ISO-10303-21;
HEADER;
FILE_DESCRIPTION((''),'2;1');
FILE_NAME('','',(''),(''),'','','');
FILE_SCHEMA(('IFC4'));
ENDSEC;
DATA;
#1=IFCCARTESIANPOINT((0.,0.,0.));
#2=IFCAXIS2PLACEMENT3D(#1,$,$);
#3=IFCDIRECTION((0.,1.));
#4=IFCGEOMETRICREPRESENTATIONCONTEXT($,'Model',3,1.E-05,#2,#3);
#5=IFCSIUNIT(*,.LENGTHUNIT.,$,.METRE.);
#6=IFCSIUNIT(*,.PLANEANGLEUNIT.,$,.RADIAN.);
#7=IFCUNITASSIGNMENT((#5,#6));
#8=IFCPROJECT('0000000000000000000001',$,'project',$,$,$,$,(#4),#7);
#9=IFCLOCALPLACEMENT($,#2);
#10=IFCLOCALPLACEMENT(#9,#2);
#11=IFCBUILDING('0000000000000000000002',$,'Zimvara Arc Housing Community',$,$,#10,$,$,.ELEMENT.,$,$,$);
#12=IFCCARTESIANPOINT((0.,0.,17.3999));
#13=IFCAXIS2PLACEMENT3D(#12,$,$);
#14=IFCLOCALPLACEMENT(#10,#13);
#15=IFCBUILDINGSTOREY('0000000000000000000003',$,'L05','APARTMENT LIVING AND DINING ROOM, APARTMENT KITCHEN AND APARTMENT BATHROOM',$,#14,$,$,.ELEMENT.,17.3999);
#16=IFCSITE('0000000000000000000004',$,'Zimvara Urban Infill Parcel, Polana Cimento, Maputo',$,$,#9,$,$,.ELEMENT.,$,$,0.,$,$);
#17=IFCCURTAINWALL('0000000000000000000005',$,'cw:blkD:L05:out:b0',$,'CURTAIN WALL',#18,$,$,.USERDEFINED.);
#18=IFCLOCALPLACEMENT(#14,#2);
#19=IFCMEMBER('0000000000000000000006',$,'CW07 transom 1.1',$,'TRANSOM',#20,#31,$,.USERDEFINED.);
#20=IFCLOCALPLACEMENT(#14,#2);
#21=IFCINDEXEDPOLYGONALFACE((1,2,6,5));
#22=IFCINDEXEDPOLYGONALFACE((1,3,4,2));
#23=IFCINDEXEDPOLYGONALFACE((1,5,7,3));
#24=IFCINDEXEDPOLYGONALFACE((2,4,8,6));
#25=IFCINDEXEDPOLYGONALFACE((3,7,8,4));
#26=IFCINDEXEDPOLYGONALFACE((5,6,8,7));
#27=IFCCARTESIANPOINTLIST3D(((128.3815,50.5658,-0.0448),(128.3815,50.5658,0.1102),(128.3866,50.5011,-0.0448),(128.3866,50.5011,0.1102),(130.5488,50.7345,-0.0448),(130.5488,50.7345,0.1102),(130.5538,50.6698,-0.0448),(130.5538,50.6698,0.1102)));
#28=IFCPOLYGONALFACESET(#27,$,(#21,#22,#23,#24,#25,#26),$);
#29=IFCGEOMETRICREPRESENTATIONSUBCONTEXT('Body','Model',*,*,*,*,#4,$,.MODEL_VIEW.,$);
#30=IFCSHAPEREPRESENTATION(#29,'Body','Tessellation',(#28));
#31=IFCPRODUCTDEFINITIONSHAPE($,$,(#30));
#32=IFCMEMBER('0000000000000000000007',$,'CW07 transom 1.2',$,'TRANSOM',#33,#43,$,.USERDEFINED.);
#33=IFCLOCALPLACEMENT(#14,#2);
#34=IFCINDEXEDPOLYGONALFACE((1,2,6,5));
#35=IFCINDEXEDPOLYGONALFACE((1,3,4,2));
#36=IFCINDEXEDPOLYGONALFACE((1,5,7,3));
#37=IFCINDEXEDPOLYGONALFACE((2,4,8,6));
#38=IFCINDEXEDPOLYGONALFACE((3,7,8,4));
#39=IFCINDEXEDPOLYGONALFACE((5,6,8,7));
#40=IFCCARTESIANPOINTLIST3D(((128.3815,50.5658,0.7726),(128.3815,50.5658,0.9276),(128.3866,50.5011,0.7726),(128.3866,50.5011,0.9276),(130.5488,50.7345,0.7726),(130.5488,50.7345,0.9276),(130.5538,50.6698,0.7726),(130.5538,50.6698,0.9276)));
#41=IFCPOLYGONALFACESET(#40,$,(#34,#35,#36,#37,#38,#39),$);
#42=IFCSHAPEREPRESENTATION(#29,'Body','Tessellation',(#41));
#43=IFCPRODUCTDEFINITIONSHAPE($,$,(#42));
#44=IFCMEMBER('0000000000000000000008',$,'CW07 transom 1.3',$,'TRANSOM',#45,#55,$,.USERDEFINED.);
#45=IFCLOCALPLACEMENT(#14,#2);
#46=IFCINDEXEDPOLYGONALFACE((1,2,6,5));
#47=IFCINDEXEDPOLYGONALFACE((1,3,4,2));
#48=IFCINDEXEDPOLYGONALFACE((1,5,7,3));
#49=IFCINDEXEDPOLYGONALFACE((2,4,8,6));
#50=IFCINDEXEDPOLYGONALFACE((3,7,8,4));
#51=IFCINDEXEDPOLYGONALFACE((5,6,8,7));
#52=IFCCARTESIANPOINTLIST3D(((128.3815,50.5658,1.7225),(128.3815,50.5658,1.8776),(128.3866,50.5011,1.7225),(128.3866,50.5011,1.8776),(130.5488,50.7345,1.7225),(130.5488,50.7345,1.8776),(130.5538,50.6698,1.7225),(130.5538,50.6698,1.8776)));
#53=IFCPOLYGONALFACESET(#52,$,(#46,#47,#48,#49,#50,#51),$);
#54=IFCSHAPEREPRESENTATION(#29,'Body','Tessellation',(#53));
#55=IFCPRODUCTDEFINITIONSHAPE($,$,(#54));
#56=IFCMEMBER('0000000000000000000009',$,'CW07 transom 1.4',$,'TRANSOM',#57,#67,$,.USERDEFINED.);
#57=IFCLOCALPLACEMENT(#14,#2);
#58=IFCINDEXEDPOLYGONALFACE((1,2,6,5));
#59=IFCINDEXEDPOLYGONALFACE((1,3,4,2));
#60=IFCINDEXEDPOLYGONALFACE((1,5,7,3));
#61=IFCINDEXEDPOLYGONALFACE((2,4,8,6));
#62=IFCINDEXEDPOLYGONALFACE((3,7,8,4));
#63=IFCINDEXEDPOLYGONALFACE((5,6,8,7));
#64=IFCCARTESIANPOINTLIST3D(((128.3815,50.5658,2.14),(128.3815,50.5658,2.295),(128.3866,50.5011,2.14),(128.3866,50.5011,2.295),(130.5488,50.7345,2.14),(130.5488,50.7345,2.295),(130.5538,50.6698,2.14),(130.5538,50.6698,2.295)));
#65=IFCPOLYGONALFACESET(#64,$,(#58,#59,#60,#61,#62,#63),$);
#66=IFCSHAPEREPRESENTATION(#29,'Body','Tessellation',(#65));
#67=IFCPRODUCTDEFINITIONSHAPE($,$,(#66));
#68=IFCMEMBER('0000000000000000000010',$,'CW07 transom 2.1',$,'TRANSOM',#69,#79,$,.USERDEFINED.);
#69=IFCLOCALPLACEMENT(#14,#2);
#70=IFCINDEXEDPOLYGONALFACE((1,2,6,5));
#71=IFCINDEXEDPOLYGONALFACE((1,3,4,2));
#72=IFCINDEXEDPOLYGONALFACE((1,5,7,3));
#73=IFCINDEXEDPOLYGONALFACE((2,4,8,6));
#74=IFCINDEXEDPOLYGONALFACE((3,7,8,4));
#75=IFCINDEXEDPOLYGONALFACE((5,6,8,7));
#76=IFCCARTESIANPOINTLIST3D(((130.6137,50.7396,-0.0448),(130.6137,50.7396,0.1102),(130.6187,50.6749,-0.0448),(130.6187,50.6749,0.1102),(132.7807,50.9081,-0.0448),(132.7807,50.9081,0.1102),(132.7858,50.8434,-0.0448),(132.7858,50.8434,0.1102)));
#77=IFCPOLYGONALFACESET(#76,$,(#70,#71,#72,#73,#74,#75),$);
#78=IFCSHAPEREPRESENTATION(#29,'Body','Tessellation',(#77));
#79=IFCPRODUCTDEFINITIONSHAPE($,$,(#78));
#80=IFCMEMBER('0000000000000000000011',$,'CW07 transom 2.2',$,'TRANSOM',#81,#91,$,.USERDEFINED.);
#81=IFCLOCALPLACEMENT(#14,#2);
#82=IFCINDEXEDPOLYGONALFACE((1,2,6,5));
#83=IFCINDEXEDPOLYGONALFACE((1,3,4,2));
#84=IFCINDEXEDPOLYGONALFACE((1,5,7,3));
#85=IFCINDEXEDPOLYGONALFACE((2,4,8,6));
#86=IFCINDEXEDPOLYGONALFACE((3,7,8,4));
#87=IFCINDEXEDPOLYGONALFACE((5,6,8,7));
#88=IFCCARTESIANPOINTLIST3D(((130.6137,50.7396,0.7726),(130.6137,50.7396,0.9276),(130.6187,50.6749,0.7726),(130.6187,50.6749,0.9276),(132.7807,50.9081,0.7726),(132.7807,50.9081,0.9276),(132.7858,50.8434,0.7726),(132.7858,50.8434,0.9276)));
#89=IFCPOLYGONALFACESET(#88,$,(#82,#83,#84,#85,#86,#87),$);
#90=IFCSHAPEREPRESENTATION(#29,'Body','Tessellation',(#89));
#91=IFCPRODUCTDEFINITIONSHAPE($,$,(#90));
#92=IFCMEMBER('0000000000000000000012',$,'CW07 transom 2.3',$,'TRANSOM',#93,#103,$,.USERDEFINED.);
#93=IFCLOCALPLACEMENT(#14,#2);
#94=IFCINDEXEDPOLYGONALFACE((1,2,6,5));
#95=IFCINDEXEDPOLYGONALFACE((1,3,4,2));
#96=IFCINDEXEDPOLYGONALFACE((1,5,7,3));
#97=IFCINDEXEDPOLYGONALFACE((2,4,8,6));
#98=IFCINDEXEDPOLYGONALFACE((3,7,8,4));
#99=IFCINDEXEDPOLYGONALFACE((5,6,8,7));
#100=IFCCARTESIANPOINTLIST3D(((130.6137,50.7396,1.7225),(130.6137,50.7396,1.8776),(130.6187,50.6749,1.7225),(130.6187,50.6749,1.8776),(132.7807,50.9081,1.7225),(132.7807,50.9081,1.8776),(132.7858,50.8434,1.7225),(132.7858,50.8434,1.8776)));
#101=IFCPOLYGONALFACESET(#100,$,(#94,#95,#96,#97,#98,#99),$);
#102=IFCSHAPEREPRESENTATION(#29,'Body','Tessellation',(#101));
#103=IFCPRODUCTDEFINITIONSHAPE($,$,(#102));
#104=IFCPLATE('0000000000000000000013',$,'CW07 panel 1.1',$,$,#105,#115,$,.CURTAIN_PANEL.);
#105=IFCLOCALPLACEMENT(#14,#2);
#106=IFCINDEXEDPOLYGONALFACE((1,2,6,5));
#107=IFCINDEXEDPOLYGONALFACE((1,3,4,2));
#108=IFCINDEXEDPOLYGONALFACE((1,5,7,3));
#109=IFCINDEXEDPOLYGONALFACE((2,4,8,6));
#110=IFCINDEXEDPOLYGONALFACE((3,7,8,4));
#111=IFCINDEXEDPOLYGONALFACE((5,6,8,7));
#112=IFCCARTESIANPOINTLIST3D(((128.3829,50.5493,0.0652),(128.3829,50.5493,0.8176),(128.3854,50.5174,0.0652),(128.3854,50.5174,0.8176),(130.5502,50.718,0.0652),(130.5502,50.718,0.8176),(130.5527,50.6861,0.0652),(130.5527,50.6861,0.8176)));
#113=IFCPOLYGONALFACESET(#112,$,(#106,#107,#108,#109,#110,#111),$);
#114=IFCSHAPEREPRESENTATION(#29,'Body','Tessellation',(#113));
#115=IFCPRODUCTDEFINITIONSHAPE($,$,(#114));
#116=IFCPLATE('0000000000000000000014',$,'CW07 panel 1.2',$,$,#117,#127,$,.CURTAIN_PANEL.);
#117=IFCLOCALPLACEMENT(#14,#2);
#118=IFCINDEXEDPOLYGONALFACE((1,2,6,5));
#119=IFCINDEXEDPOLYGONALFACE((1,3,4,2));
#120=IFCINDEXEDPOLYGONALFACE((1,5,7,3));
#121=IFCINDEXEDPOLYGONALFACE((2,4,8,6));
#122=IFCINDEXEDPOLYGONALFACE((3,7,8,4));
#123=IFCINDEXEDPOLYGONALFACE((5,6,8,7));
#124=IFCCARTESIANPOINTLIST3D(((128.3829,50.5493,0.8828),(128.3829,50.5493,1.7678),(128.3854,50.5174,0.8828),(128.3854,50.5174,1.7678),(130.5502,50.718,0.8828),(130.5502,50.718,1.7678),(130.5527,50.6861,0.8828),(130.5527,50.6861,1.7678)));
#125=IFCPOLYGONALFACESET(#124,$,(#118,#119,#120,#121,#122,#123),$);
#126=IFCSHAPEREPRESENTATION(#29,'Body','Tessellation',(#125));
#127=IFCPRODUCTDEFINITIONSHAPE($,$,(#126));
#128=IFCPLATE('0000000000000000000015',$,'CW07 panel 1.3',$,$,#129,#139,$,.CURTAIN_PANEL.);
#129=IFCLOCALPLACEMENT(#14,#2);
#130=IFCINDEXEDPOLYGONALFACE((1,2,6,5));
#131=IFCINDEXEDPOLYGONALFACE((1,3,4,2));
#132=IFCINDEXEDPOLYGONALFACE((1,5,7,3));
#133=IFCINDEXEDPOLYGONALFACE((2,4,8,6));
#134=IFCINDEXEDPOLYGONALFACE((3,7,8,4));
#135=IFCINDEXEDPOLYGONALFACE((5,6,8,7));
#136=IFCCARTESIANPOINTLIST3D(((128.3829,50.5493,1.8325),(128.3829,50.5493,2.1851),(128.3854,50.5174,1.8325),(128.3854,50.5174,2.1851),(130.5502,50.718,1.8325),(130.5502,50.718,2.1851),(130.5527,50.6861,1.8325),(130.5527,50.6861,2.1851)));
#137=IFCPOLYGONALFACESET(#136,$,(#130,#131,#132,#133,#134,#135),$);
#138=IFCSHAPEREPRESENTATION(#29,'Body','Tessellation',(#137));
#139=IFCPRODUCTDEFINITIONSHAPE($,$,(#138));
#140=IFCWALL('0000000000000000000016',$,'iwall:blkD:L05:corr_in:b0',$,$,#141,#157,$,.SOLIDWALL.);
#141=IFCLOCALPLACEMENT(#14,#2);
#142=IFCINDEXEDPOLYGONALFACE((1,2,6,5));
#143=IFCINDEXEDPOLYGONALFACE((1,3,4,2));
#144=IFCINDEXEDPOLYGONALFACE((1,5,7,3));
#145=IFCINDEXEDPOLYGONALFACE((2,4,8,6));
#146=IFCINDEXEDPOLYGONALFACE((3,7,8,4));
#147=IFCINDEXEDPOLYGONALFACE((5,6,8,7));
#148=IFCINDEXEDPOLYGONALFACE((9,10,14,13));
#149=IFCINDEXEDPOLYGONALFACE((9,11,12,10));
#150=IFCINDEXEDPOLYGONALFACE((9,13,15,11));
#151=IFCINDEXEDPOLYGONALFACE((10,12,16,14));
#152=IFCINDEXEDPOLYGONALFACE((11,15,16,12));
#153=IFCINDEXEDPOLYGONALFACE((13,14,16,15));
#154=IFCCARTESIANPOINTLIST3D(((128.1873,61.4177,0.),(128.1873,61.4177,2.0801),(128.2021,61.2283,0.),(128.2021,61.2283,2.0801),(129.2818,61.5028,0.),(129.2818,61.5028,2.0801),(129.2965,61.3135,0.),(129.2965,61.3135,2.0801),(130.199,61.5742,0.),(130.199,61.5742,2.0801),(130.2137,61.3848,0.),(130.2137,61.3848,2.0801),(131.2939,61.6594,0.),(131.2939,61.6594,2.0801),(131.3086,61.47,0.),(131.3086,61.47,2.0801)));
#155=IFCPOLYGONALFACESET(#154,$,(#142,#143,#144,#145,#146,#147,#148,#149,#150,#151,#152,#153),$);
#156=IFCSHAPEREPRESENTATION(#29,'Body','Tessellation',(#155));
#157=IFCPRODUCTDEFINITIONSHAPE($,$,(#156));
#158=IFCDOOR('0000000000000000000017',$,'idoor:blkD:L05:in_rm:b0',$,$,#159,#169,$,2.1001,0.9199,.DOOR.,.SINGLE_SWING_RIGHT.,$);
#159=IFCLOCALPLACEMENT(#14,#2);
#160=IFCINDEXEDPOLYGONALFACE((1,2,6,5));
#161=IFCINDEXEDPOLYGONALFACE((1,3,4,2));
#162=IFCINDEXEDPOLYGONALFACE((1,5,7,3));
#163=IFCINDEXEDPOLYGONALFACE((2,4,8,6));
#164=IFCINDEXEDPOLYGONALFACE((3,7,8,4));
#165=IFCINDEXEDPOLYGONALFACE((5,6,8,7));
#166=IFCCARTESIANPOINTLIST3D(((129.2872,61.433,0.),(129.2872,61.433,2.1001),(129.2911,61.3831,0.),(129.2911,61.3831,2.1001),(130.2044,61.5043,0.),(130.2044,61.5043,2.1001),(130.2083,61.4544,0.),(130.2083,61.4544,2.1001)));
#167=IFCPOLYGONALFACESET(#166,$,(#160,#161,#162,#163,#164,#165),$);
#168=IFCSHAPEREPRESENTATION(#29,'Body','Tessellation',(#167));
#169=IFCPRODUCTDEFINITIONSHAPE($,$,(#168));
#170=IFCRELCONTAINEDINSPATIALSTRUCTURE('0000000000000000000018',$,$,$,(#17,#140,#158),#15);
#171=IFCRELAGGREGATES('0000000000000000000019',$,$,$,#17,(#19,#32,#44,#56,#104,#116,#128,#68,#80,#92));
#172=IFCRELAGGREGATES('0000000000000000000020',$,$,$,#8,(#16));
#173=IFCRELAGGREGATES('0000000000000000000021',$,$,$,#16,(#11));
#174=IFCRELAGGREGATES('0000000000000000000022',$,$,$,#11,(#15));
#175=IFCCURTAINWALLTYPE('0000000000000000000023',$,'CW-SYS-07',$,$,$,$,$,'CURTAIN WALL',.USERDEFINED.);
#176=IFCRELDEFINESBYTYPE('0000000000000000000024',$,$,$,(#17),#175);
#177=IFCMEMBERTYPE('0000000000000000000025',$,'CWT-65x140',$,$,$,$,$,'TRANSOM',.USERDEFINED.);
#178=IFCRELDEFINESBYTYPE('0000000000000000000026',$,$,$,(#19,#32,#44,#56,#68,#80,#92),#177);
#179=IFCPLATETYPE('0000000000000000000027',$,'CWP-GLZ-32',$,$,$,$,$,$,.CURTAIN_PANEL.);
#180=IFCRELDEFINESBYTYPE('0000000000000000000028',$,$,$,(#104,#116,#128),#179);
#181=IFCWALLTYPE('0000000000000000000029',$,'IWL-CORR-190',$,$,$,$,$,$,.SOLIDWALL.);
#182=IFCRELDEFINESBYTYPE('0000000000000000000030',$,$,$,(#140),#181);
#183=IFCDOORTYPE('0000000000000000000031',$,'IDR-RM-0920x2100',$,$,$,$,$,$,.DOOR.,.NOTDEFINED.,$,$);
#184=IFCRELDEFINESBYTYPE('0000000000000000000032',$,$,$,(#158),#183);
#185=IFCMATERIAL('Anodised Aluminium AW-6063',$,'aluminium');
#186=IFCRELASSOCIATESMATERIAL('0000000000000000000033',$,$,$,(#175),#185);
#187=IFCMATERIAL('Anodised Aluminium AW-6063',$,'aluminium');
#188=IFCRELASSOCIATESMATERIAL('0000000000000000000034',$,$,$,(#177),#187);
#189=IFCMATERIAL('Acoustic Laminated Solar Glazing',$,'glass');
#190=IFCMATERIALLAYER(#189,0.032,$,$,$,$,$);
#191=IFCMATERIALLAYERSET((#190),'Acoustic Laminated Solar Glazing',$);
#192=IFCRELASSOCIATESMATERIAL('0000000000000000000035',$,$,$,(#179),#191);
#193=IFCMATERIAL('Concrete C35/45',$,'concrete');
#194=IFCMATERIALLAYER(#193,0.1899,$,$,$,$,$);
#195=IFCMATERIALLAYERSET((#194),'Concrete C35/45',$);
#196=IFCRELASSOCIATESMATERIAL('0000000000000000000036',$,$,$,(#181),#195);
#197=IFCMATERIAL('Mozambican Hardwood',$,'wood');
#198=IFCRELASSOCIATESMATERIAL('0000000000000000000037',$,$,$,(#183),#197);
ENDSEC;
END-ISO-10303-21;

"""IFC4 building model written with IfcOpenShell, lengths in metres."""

from ifc_helpers import new_model, si_unit, direction, frame, frame_2d, origin, origin_2d, place, context, subcontext, project, spatial, rectangle, extrude, material, layer, layer_set, material_profile, profile_set, type_object, element, fill, aggregate, save


model = new_model("IFC4")

# Units and contexts
model_context = context("Model", 3, precision=1e-05, world=origin(), true_north=direction((0.0, 1.0)))
body_context = subcontext(model_context, "Body", "Model", "MODEL_VIEW")
ifc_project = project(units=[si_unit("LENGTHUNIT", "METRE"), si_unit("PLANEANGLEUNIT", "RADIAN")], contexts=[model_context])

# Site, building, storey
site_placement = place(None, origin())
site = spatial("IfcSite", under=ifc_project, at=site_placement, Name="Zimvara Urban Infill Parcel, Polana Cimento, Maputo", CompositionType="ELEMENT", RefElevation=0.0)
building_placement = place(site_placement, origin())
building = spatial("IfcBuilding", under=site, at=building_placement, Name="Zimvara Arc Housing Community", CompositionType="ELEMENT")
storey_placement = place(building_placement, frame((0.0, 0.0, 17.3999)))
storey = spatial("IfcBuildingStorey", under=building, at=storey_placement, Name="L05", Description="APARTMENT LIVING AND DINING ROOM, APARTMENT KITCHEN AND APARTMENT BATHROOM", CompositionType="ELEMENT", Elevation=17.3999)

# Curtain wall, members, plates
ifc_material_1 = material(Name="Anodised Aluminium AW-6063", Category="aluminium")
curtain_wall_type = type_object("IfcCurtainWallType", Name="CW-SYS-07", ElementType="CURTAIN WALL", PredefinedType="USERDEFINED", material=ifc_material_1)
curtain_wall_placement = place(storey_placement, origin())
curtain_wall = element("IfcCurtainWall", 1, at=curtain_wall_placement, inside=storey, type_object=curtain_wall_type, Name="cw:blkD:L05:out:b0", ObjectType="CURTAIN WALL", PredefinedType="USERDEFINED")
ifc_material_2 = material(Name="Anodised Aluminium AW-6063", Category="aluminium")
ifc_material_profile_1 = material_profile(ifc_material_2, rectangle(XDim=0.0649, YDim=0.155, at=origin_2d()), Name="ALU 65x155")
ifc_profile_set_1 = profile_set([ifc_material_profile_1], Name="Anodised Aluminium AW-6063")
member_type_1 = type_object("IfcMemberType", Name="CWT-65x140", ElementType="TRANSOM", PredefinedType="USERDEFINED", material=ifc_profile_set_1)
member_1_placement = place(storey_placement, frame((128.384, 50.5334, 0.0327), z_axis=(0.996984, 0.077607, 0.0), x_axis=(-0.077607, 0.996984, 0.0)))
member_1 = element("IfcMember", 2, at=member_1_placement, type_object=member_type_1, Name="CW07 transom 1.1", ObjectType="TRANSOM", PredefinedType="USERDEFINED", context=body_context, shape_type="SweptSolid", body=[
    extrude(rectangle(XDim=0.0649, YDim=0.155, at=origin_2d()), origin(), (0.0, 0.0, 1.0), 2.1738),
])
member_2_placement = place(storey_placement, frame((128.384, 50.5334, 0.8501), z_axis=(0.996984, 0.077607, 0.0), x_axis=(-0.077607, 0.996984, 0.0)))
member_2 = element("IfcMember", 3, at=member_2_placement, type_object=member_type_1, Name="CW07 transom 1.2", ObjectType="TRANSOM", PredefinedType="USERDEFINED", context=body_context, shape_type="SweptSolid", body=[
    extrude(rectangle(XDim=0.0649, YDim=0.155, at=origin_2d()), origin(), (0.0, 0.0, 1.0), 2.1738),
])
member_3_placement = place(storey_placement, frame((128.384, 50.5334, 1.8), z_axis=(0.996984, 0.077607, 0.0), x_axis=(-0.077607, 0.996984, 0.0)))
member_3 = element("IfcMember", 4, at=member_3_placement, type_object=member_type_1, Name="CW07 transom 1.3", ObjectType="TRANSOM", PredefinedType="USERDEFINED", context=body_context, shape_type="SweptSolid", body=[
    extrude(rectangle(XDim=0.0649, YDim=0.155, at=origin_2d()), origin(), (0.0, 0.0, 1.0), 2.1738),
])
member_4_placement = place(storey_placement, frame((128.384, 50.5334, 2.2175), z_axis=(0.996984, 0.077607, 0.0), x_axis=(-0.077607, 0.996984, 0.0)))
member_4 = element("IfcMember", 5, at=member_4_placement, type_object=member_type_1, Name="CW07 transom 1.4", ObjectType="TRANSOM", PredefinedType="USERDEFINED", context=body_context, shape_type="SweptSolid", body=[
    extrude(rectangle(XDim=0.0649, YDim=0.155, at=origin_2d()), origin(), (0.0, 0.0, 1.0), 2.1738),
])
member_5_placement = place(storey_placement, frame((130.6162, 50.7073, 0.0327), z_axis=(0.996992, 0.077504, 0.0), x_axis=(-0.077504, 0.996992, 0.0)))
member_5 = element("IfcMember", 6, at=member_5_placement, type_object=member_type_1, Name="CW07 transom 2.1", ObjectType="TRANSOM", PredefinedType="USERDEFINED", context=body_context, shape_type="SweptSolid", body=[
    extrude(rectangle(XDim=0.0649, YDim=0.155, at=origin_2d()), origin(), (0.0, 0.0, 1.0), 2.1736),
])
member_6_placement = place(storey_placement, frame((130.6162, 50.7073, 0.8501), z_axis=(0.996992, 0.077504, 0.0), x_axis=(-0.077504, 0.996992, 0.0)))
member_6 = element("IfcMember", 7, at=member_6_placement, type_object=member_type_1, Name="CW07 transom 2.2", ObjectType="TRANSOM", PredefinedType="USERDEFINED", context=body_context, shape_type="SweptSolid", body=[
    extrude(rectangle(XDim=0.0649, YDim=0.155, at=origin_2d()), origin(), (0.0, 0.0, 1.0), 2.1736),
])
member_7_placement = place(storey_placement, frame((130.6162, 50.7073, 1.8), z_axis=(0.996992, 0.077504, 0.0), x_axis=(-0.077504, 0.996992, 0.0)))
member_7 = element("IfcMember", 8, at=member_7_placement, type_object=member_type_1, Name="CW07 transom 2.3", ObjectType="TRANSOM", PredefinedType="USERDEFINED", context=body_context, shape_type="SweptSolid", body=[
    extrude(rectangle(XDim=0.0649, YDim=0.155, at=origin_2d()), origin(), (0.0, 0.0, 1.0), 2.1736),
])
ifc_material_3 = material(Name="Acoustic Laminated Solar Glazing", Category="glass")
ifc_layer_1 = layer(ifc_material_3, 0.032)
ifc_layer_set_1 = layer_set([ifc_layer_1], Name="Acoustic Laminated Solar Glazing")
plate_type = type_object("IfcPlateType", Name="CWP-GLZ-32", PredefinedType="CURTAIN_PANEL", material=ifc_layer_set_1)
plate_1_placement = place(storey_placement, frame((129.4678, 50.6177, 0.0652), z_axis=(0.0, 0.0, 1.0), x_axis=(0.996985, 0.07759, 0.0)))
plate_1 = element("IfcPlate", 9, at=plate_1_placement, type_object=plate_type, Name="CW07 panel 1.1", PredefinedType="CURTAIN_PANEL", context=body_context, shape_type="SweptSolid", body=[
    extrude(rectangle(XDim=2.1738, YDim=0.032, at=origin_2d()), origin(), (0.0, 0.0, 1.0), 0.7524),
])
plate_2_placement = place(storey_placement, frame((129.4678, 50.6177, 0.8828), z_axis=(0.0, 0.0, 1.0), x_axis=(0.996985, 0.07759, 0.0)))
plate_2 = element("IfcPlate", 10, at=plate_2_placement, type_object=plate_type, Name="CW07 panel 1.2", PredefinedType="CURTAIN_PANEL", context=body_context, shape_type="SweptSolid", body=[
    extrude(rectangle(XDim=2.1738, YDim=0.032, at=origin_2d()), origin(), (0.0, 0.0, 1.0), 0.885),
])
plate_3_placement = place(storey_placement, frame((129.4678, 50.6177, 1.8325), z_axis=(0.0, 0.0, 1.0), x_axis=(0.996985, 0.07759, 0.0)))
plate_3 = element("IfcPlate", 11, at=plate_3_placement, type_object=plate_type, Name="CW07 panel 1.3", PredefinedType="CURTAIN_PANEL", context=body_context, shape_type="SweptSolid", body=[
    extrude(rectangle(XDim=2.1738, YDim=0.032, at=origin_2d()), origin(), (0.0, 0.0, 1.0), 0.3525),
])
aggregate(curtain_wall, [member_1, member_2, member_3, member_4, plate_1, plate_2, plate_3, member_5, member_6, member_7])

# Wall, opening, door
ifc_material_4 = material(Name="Concrete C35/45", Category="concrete")
ifc_layer_2 = layer(ifc_material_4, 0.1899)
ifc_layer_set_2 = layer_set([ifc_layer_2], Name="Concrete C35/45")
wall_type_1 = type_object("IfcWallType", Name="IWL-CORR-190", PredefinedType="SOLIDWALL", material=ifc_layer_set_2)
wall_1_placement = place(storey_placement, frame((128.1946, 61.323, 0.0), z_axis=(0.0, 0.0, 1.0), x_axis=(0.996987, 0.077565, 0.0)))
wall_1 = element("IfcWall", 12, at=wall_1_placement, inside=storey, type_object=wall_type_1, Name="iwall:blkD:L05:corr_in:b0", PredefinedType="SOLIDWALL", context=body_context, shape_type="SweptSolid", body=[
    extrude(rectangle(XDim=3.116, YDim=0.1899, at=frame_2d((1.5581, 0.0))), origin(), (0.0, 0.0, 1.0), 2.0801),
])
opening_1_placement = place(wall_1_placement, frame((1.0979, 0.0, 0.0)))
opening_1 = element("IfcOpeningElement", 13, at=opening_1_placement, cuts=wall_1, PredefinedType="OPENING", context=body_context, shape_type="SweptSolid", body=[
    extrude(rectangle(XDim=0.9199, YDim=2.1001, at=frame_2d((0.46, 1.05))), frame((0.0, 0.105, 0.0), z_axis=(0.0, -1.0, 0.0), x_axis=(1.0, 0.0, 0.0)), (0.0, 0.0, 1.0), 0.21),
])
ifc_material_5 = material(Name="Mozambican Hardwood", Category="wood")
door_type_1 = type_object("IfcDoorType", Name="IDR-RM-0920x2100", OperationType="NOTDEFINED", PredefinedType="DOOR", material=ifc_material_5)
door_1_placement = place(opening_1_placement, origin())
door_1 = element("IfcDoor", 14, at=door_1_placement, inside=storey, type_object=door_type_1, Name="idoor:blkD:L05:in_rm:b0", OperationType="SINGLE_SWING_RIGHT", OverallHeight=2.1001, OverallWidth=0.9199, PredefinedType="DOOR", context=body_context, shape_type="SweptSolid", body=[
    extrude(rectangle(XDim=0.9199, YDim=2.1001, at=frame_2d((0.46, 1.05))), frame((0.0, 0.0249, 0.0), z_axis=(0.0, -1.0, 0.0), x_axis=(1.0, 0.0, 0.0)), (0.0, 0.0, 1.0), 0.05),
])
fill(opening_1, door_1)

save(model, "model.ifc")
